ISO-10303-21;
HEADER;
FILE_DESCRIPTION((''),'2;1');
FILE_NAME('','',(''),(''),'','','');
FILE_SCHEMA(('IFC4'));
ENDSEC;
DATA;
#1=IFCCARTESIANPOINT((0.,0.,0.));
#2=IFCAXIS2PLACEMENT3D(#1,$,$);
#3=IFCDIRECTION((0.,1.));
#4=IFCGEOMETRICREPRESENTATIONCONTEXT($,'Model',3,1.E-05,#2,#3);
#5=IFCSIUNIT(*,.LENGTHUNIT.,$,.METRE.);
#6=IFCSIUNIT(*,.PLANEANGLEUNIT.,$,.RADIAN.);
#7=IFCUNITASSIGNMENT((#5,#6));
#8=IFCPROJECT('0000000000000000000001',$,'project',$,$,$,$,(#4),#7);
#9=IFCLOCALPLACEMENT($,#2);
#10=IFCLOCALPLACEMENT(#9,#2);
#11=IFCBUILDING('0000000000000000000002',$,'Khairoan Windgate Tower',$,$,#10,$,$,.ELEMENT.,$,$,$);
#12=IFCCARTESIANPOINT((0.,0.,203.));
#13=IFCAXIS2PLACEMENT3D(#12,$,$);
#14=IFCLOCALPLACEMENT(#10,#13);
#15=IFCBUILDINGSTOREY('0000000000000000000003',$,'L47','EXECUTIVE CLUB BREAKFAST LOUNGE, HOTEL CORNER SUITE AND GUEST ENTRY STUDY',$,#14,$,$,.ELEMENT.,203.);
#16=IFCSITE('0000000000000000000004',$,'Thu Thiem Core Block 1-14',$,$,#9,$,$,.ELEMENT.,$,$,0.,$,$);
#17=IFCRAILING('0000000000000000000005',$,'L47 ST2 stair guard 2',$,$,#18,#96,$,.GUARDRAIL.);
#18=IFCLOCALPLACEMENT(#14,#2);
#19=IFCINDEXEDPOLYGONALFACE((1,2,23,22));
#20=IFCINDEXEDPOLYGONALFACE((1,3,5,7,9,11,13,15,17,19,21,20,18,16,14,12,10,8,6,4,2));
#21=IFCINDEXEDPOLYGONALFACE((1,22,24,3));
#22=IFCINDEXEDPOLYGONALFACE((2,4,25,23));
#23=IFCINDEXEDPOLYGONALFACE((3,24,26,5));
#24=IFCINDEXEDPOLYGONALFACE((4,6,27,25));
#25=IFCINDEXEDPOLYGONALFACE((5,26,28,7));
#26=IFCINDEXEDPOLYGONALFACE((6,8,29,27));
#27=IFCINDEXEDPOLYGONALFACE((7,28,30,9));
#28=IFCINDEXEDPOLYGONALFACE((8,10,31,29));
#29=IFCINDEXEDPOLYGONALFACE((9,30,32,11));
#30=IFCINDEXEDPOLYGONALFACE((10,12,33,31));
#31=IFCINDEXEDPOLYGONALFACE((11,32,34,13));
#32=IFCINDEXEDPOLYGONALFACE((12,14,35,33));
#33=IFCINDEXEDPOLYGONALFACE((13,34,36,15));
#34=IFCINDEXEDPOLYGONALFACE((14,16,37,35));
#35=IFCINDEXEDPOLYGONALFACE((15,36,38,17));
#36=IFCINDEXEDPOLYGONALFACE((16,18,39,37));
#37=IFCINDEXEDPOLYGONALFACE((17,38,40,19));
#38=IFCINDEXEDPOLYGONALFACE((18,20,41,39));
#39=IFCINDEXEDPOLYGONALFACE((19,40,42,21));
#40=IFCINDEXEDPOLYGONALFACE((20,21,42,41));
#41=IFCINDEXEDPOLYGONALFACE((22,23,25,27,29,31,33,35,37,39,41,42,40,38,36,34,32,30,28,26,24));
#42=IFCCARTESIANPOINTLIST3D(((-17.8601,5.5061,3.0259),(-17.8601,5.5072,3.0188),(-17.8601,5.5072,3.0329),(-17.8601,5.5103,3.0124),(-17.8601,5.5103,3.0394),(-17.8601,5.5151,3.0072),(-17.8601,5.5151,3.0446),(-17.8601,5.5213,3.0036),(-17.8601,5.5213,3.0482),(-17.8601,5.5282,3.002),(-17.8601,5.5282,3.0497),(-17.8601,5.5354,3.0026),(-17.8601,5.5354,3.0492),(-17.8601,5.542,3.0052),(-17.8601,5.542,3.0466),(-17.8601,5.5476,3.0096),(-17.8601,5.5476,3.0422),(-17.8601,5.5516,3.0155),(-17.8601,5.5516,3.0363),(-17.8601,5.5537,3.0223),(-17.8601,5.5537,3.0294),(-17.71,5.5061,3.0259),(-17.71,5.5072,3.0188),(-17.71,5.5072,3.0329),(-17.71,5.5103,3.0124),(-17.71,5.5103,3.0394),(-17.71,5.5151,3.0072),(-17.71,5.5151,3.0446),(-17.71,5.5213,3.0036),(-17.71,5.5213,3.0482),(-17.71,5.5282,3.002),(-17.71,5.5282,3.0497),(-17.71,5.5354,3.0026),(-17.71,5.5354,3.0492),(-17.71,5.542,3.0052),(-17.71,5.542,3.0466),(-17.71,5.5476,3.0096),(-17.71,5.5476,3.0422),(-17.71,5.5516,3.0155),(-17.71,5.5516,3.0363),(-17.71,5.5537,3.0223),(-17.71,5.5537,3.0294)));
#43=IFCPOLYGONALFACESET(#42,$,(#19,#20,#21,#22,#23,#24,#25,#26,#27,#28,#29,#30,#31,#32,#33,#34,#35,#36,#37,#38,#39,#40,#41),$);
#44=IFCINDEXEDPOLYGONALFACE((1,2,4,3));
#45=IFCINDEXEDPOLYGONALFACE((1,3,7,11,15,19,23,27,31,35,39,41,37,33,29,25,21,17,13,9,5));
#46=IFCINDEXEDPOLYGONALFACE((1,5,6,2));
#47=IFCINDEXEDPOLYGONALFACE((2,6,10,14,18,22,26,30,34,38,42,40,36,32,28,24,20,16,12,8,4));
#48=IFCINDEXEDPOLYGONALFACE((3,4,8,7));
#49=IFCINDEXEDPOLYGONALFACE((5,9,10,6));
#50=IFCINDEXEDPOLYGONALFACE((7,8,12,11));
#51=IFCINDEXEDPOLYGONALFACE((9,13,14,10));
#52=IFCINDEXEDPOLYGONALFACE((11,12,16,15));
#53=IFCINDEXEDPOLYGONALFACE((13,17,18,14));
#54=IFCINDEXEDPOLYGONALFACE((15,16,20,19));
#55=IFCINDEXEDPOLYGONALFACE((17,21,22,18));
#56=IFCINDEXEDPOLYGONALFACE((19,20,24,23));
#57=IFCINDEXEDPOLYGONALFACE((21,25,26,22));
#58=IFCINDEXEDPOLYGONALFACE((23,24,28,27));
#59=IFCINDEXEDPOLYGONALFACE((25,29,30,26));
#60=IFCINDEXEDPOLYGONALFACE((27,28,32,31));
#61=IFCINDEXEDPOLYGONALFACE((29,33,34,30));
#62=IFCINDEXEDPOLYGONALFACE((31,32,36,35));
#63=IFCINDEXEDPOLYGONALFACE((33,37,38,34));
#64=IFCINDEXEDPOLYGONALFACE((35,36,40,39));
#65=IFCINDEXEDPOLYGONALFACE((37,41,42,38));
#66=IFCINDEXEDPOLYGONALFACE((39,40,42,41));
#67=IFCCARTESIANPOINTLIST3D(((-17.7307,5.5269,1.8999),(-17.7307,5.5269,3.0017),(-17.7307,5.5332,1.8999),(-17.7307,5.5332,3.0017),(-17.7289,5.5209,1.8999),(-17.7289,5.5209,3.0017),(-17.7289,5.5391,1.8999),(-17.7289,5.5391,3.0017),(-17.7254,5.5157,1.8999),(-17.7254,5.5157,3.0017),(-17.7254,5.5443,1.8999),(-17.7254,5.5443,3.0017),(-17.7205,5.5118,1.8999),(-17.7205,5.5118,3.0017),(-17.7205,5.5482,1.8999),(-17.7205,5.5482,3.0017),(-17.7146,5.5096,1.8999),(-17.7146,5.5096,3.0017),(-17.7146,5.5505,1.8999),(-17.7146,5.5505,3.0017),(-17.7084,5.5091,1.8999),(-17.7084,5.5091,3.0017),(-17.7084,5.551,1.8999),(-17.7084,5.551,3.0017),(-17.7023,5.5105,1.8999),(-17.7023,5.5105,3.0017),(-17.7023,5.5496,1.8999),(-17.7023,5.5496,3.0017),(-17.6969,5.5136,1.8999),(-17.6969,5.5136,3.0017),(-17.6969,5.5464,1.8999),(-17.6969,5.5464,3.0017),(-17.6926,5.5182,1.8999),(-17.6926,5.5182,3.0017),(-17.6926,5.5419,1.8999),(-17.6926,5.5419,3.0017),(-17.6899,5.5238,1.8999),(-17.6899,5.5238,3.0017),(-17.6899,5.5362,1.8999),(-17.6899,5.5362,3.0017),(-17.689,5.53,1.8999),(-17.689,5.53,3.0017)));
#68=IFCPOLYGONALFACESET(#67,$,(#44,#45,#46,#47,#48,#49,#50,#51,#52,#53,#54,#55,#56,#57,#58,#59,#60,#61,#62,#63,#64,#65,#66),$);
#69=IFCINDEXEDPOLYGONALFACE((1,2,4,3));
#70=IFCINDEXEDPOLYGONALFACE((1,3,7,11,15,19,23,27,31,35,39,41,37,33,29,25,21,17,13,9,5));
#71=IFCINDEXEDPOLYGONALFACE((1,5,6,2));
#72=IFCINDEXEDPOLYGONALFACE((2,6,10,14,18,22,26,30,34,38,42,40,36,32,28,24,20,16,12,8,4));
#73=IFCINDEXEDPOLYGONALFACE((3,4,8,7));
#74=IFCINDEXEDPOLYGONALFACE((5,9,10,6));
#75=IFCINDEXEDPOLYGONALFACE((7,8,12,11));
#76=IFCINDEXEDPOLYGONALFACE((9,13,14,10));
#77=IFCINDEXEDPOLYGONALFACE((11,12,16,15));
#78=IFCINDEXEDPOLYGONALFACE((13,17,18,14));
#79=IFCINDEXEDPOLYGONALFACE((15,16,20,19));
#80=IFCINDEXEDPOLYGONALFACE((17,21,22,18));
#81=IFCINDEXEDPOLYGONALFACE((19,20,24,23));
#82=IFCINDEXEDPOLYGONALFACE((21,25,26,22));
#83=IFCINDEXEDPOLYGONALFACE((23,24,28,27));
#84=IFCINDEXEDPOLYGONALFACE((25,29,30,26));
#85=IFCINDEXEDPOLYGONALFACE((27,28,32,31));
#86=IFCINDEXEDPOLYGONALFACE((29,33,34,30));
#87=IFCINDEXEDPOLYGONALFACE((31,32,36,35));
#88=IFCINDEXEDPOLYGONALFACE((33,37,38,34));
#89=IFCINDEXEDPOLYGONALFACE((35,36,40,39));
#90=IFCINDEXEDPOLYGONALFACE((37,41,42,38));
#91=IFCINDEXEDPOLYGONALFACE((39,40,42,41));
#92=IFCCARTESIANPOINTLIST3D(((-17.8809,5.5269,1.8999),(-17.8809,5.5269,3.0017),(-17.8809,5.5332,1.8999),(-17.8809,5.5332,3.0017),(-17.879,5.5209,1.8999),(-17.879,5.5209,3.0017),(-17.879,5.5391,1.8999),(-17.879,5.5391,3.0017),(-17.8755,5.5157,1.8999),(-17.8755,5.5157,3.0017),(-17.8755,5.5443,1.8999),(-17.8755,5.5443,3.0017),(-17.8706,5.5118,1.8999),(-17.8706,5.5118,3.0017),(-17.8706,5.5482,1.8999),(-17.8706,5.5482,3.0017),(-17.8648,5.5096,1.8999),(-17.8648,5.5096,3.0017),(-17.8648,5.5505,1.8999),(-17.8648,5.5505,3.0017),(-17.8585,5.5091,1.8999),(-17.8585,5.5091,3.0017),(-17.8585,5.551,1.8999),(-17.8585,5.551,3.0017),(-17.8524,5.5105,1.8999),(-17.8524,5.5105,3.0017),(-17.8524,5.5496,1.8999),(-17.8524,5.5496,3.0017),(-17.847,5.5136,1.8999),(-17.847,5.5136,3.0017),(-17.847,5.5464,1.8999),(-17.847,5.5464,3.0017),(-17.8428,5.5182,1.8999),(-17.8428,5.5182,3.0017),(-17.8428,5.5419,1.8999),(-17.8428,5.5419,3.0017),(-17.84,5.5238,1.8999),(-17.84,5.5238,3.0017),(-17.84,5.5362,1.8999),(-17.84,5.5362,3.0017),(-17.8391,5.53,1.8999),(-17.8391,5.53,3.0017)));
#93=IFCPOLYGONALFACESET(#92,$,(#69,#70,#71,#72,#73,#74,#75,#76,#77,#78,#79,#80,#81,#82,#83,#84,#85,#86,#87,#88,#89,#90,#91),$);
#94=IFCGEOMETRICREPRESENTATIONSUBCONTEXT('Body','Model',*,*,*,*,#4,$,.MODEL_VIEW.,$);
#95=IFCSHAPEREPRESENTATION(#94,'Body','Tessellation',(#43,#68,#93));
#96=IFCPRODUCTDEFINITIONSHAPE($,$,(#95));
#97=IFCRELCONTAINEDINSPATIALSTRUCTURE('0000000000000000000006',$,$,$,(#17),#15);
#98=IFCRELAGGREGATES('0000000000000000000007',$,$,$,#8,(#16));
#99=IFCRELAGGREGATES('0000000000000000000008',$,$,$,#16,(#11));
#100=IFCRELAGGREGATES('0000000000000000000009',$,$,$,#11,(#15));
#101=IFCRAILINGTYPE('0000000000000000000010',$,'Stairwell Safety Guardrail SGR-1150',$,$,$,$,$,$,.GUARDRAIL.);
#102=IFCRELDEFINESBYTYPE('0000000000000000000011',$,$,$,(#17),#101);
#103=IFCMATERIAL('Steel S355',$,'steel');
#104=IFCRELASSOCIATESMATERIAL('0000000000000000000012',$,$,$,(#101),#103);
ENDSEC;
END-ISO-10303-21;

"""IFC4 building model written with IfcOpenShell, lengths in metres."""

from ifc_helpers import new_model, si_unit, direction, frame, origin, origin_2d, place, context, subcontext, project, spatial, circle, extrude, material, type_object, element, save


model = new_model("IFC4")

# Units and contexts
model_context = context("Model", 3, precision=1e-05, world=origin(), true_north=direction((0.0, 1.0)))
body_context = subcontext(model_context, "Body", "Model", "MODEL_VIEW")
ifc_project = project(units=[si_unit("LENGTHUNIT", "METRE"), si_unit("PLANEANGLEUNIT", "RADIAN")], contexts=[model_context])

# Site, building, storey
site_placement = place(None, origin())
site = spatial("IfcSite", under=ifc_project, at=site_placement, Name="Thu Thiem Core Block 1-14", CompositionType="ELEMENT", RefElevation=0.0)
building_placement = place(site_placement, origin())
building = spatial("IfcBuilding", under=site, at=building_placement, Name="Khairoan Windgate Tower", CompositionType="ELEMENT")
storey_placement = place(building_placement, frame((0.0, 0.0, 203.0)))
storey = spatial("IfcBuildingStorey", under=building, at=storey_placement, Name="L47", Description="EXECUTIVE CLUB BREAKFAST LOUNGE, HOTEL CORNER SUITE AND GUEST ENTRY STUDY", CompositionType="ELEMENT", Elevation=203.0)

# Railing
ifc_material_1 = material(Name="Steel S355", Category="steel")
railing_type_1 = type_object("IfcRailingType", Name="Stairwell Safety Guardrail SGR-1150", PredefinedType="GUARDRAIL", material=ifc_material_1)
railing_1_placement = place(storey_placement, frame((-17.71, 5.53, 1.8999)))
element("IfcRailing", 1, at=railing_1_placement, inside=storey, type_object=railing_type_1, Name="L47 ST2 stair guard 2", PredefinedType="GUARDRAIL", context=body_context, shape_type="SweptSolid", body=[
    extrude(circle(Radius=0.0239, at=origin_2d()), frame((0.0, 0.0, 1.126), z_axis=(-1.0, 0.0, 0.0), x_axis=(0.0, -1.0, 0.0)), (0.0, 0.0, 1.0), 0.1501),
    extrude(circle(Radius=0.021, at=origin_2d()), origin(), (0.0, 0.0, 1.0), 1.1018),
    extrude(circle(Radius=0.021, at=origin_2d()), frame((-0.1501, 0.0, 0.0)), (0.0, 0.0, 1.0), 1.1018),
])

save(model, "model.ifc")
